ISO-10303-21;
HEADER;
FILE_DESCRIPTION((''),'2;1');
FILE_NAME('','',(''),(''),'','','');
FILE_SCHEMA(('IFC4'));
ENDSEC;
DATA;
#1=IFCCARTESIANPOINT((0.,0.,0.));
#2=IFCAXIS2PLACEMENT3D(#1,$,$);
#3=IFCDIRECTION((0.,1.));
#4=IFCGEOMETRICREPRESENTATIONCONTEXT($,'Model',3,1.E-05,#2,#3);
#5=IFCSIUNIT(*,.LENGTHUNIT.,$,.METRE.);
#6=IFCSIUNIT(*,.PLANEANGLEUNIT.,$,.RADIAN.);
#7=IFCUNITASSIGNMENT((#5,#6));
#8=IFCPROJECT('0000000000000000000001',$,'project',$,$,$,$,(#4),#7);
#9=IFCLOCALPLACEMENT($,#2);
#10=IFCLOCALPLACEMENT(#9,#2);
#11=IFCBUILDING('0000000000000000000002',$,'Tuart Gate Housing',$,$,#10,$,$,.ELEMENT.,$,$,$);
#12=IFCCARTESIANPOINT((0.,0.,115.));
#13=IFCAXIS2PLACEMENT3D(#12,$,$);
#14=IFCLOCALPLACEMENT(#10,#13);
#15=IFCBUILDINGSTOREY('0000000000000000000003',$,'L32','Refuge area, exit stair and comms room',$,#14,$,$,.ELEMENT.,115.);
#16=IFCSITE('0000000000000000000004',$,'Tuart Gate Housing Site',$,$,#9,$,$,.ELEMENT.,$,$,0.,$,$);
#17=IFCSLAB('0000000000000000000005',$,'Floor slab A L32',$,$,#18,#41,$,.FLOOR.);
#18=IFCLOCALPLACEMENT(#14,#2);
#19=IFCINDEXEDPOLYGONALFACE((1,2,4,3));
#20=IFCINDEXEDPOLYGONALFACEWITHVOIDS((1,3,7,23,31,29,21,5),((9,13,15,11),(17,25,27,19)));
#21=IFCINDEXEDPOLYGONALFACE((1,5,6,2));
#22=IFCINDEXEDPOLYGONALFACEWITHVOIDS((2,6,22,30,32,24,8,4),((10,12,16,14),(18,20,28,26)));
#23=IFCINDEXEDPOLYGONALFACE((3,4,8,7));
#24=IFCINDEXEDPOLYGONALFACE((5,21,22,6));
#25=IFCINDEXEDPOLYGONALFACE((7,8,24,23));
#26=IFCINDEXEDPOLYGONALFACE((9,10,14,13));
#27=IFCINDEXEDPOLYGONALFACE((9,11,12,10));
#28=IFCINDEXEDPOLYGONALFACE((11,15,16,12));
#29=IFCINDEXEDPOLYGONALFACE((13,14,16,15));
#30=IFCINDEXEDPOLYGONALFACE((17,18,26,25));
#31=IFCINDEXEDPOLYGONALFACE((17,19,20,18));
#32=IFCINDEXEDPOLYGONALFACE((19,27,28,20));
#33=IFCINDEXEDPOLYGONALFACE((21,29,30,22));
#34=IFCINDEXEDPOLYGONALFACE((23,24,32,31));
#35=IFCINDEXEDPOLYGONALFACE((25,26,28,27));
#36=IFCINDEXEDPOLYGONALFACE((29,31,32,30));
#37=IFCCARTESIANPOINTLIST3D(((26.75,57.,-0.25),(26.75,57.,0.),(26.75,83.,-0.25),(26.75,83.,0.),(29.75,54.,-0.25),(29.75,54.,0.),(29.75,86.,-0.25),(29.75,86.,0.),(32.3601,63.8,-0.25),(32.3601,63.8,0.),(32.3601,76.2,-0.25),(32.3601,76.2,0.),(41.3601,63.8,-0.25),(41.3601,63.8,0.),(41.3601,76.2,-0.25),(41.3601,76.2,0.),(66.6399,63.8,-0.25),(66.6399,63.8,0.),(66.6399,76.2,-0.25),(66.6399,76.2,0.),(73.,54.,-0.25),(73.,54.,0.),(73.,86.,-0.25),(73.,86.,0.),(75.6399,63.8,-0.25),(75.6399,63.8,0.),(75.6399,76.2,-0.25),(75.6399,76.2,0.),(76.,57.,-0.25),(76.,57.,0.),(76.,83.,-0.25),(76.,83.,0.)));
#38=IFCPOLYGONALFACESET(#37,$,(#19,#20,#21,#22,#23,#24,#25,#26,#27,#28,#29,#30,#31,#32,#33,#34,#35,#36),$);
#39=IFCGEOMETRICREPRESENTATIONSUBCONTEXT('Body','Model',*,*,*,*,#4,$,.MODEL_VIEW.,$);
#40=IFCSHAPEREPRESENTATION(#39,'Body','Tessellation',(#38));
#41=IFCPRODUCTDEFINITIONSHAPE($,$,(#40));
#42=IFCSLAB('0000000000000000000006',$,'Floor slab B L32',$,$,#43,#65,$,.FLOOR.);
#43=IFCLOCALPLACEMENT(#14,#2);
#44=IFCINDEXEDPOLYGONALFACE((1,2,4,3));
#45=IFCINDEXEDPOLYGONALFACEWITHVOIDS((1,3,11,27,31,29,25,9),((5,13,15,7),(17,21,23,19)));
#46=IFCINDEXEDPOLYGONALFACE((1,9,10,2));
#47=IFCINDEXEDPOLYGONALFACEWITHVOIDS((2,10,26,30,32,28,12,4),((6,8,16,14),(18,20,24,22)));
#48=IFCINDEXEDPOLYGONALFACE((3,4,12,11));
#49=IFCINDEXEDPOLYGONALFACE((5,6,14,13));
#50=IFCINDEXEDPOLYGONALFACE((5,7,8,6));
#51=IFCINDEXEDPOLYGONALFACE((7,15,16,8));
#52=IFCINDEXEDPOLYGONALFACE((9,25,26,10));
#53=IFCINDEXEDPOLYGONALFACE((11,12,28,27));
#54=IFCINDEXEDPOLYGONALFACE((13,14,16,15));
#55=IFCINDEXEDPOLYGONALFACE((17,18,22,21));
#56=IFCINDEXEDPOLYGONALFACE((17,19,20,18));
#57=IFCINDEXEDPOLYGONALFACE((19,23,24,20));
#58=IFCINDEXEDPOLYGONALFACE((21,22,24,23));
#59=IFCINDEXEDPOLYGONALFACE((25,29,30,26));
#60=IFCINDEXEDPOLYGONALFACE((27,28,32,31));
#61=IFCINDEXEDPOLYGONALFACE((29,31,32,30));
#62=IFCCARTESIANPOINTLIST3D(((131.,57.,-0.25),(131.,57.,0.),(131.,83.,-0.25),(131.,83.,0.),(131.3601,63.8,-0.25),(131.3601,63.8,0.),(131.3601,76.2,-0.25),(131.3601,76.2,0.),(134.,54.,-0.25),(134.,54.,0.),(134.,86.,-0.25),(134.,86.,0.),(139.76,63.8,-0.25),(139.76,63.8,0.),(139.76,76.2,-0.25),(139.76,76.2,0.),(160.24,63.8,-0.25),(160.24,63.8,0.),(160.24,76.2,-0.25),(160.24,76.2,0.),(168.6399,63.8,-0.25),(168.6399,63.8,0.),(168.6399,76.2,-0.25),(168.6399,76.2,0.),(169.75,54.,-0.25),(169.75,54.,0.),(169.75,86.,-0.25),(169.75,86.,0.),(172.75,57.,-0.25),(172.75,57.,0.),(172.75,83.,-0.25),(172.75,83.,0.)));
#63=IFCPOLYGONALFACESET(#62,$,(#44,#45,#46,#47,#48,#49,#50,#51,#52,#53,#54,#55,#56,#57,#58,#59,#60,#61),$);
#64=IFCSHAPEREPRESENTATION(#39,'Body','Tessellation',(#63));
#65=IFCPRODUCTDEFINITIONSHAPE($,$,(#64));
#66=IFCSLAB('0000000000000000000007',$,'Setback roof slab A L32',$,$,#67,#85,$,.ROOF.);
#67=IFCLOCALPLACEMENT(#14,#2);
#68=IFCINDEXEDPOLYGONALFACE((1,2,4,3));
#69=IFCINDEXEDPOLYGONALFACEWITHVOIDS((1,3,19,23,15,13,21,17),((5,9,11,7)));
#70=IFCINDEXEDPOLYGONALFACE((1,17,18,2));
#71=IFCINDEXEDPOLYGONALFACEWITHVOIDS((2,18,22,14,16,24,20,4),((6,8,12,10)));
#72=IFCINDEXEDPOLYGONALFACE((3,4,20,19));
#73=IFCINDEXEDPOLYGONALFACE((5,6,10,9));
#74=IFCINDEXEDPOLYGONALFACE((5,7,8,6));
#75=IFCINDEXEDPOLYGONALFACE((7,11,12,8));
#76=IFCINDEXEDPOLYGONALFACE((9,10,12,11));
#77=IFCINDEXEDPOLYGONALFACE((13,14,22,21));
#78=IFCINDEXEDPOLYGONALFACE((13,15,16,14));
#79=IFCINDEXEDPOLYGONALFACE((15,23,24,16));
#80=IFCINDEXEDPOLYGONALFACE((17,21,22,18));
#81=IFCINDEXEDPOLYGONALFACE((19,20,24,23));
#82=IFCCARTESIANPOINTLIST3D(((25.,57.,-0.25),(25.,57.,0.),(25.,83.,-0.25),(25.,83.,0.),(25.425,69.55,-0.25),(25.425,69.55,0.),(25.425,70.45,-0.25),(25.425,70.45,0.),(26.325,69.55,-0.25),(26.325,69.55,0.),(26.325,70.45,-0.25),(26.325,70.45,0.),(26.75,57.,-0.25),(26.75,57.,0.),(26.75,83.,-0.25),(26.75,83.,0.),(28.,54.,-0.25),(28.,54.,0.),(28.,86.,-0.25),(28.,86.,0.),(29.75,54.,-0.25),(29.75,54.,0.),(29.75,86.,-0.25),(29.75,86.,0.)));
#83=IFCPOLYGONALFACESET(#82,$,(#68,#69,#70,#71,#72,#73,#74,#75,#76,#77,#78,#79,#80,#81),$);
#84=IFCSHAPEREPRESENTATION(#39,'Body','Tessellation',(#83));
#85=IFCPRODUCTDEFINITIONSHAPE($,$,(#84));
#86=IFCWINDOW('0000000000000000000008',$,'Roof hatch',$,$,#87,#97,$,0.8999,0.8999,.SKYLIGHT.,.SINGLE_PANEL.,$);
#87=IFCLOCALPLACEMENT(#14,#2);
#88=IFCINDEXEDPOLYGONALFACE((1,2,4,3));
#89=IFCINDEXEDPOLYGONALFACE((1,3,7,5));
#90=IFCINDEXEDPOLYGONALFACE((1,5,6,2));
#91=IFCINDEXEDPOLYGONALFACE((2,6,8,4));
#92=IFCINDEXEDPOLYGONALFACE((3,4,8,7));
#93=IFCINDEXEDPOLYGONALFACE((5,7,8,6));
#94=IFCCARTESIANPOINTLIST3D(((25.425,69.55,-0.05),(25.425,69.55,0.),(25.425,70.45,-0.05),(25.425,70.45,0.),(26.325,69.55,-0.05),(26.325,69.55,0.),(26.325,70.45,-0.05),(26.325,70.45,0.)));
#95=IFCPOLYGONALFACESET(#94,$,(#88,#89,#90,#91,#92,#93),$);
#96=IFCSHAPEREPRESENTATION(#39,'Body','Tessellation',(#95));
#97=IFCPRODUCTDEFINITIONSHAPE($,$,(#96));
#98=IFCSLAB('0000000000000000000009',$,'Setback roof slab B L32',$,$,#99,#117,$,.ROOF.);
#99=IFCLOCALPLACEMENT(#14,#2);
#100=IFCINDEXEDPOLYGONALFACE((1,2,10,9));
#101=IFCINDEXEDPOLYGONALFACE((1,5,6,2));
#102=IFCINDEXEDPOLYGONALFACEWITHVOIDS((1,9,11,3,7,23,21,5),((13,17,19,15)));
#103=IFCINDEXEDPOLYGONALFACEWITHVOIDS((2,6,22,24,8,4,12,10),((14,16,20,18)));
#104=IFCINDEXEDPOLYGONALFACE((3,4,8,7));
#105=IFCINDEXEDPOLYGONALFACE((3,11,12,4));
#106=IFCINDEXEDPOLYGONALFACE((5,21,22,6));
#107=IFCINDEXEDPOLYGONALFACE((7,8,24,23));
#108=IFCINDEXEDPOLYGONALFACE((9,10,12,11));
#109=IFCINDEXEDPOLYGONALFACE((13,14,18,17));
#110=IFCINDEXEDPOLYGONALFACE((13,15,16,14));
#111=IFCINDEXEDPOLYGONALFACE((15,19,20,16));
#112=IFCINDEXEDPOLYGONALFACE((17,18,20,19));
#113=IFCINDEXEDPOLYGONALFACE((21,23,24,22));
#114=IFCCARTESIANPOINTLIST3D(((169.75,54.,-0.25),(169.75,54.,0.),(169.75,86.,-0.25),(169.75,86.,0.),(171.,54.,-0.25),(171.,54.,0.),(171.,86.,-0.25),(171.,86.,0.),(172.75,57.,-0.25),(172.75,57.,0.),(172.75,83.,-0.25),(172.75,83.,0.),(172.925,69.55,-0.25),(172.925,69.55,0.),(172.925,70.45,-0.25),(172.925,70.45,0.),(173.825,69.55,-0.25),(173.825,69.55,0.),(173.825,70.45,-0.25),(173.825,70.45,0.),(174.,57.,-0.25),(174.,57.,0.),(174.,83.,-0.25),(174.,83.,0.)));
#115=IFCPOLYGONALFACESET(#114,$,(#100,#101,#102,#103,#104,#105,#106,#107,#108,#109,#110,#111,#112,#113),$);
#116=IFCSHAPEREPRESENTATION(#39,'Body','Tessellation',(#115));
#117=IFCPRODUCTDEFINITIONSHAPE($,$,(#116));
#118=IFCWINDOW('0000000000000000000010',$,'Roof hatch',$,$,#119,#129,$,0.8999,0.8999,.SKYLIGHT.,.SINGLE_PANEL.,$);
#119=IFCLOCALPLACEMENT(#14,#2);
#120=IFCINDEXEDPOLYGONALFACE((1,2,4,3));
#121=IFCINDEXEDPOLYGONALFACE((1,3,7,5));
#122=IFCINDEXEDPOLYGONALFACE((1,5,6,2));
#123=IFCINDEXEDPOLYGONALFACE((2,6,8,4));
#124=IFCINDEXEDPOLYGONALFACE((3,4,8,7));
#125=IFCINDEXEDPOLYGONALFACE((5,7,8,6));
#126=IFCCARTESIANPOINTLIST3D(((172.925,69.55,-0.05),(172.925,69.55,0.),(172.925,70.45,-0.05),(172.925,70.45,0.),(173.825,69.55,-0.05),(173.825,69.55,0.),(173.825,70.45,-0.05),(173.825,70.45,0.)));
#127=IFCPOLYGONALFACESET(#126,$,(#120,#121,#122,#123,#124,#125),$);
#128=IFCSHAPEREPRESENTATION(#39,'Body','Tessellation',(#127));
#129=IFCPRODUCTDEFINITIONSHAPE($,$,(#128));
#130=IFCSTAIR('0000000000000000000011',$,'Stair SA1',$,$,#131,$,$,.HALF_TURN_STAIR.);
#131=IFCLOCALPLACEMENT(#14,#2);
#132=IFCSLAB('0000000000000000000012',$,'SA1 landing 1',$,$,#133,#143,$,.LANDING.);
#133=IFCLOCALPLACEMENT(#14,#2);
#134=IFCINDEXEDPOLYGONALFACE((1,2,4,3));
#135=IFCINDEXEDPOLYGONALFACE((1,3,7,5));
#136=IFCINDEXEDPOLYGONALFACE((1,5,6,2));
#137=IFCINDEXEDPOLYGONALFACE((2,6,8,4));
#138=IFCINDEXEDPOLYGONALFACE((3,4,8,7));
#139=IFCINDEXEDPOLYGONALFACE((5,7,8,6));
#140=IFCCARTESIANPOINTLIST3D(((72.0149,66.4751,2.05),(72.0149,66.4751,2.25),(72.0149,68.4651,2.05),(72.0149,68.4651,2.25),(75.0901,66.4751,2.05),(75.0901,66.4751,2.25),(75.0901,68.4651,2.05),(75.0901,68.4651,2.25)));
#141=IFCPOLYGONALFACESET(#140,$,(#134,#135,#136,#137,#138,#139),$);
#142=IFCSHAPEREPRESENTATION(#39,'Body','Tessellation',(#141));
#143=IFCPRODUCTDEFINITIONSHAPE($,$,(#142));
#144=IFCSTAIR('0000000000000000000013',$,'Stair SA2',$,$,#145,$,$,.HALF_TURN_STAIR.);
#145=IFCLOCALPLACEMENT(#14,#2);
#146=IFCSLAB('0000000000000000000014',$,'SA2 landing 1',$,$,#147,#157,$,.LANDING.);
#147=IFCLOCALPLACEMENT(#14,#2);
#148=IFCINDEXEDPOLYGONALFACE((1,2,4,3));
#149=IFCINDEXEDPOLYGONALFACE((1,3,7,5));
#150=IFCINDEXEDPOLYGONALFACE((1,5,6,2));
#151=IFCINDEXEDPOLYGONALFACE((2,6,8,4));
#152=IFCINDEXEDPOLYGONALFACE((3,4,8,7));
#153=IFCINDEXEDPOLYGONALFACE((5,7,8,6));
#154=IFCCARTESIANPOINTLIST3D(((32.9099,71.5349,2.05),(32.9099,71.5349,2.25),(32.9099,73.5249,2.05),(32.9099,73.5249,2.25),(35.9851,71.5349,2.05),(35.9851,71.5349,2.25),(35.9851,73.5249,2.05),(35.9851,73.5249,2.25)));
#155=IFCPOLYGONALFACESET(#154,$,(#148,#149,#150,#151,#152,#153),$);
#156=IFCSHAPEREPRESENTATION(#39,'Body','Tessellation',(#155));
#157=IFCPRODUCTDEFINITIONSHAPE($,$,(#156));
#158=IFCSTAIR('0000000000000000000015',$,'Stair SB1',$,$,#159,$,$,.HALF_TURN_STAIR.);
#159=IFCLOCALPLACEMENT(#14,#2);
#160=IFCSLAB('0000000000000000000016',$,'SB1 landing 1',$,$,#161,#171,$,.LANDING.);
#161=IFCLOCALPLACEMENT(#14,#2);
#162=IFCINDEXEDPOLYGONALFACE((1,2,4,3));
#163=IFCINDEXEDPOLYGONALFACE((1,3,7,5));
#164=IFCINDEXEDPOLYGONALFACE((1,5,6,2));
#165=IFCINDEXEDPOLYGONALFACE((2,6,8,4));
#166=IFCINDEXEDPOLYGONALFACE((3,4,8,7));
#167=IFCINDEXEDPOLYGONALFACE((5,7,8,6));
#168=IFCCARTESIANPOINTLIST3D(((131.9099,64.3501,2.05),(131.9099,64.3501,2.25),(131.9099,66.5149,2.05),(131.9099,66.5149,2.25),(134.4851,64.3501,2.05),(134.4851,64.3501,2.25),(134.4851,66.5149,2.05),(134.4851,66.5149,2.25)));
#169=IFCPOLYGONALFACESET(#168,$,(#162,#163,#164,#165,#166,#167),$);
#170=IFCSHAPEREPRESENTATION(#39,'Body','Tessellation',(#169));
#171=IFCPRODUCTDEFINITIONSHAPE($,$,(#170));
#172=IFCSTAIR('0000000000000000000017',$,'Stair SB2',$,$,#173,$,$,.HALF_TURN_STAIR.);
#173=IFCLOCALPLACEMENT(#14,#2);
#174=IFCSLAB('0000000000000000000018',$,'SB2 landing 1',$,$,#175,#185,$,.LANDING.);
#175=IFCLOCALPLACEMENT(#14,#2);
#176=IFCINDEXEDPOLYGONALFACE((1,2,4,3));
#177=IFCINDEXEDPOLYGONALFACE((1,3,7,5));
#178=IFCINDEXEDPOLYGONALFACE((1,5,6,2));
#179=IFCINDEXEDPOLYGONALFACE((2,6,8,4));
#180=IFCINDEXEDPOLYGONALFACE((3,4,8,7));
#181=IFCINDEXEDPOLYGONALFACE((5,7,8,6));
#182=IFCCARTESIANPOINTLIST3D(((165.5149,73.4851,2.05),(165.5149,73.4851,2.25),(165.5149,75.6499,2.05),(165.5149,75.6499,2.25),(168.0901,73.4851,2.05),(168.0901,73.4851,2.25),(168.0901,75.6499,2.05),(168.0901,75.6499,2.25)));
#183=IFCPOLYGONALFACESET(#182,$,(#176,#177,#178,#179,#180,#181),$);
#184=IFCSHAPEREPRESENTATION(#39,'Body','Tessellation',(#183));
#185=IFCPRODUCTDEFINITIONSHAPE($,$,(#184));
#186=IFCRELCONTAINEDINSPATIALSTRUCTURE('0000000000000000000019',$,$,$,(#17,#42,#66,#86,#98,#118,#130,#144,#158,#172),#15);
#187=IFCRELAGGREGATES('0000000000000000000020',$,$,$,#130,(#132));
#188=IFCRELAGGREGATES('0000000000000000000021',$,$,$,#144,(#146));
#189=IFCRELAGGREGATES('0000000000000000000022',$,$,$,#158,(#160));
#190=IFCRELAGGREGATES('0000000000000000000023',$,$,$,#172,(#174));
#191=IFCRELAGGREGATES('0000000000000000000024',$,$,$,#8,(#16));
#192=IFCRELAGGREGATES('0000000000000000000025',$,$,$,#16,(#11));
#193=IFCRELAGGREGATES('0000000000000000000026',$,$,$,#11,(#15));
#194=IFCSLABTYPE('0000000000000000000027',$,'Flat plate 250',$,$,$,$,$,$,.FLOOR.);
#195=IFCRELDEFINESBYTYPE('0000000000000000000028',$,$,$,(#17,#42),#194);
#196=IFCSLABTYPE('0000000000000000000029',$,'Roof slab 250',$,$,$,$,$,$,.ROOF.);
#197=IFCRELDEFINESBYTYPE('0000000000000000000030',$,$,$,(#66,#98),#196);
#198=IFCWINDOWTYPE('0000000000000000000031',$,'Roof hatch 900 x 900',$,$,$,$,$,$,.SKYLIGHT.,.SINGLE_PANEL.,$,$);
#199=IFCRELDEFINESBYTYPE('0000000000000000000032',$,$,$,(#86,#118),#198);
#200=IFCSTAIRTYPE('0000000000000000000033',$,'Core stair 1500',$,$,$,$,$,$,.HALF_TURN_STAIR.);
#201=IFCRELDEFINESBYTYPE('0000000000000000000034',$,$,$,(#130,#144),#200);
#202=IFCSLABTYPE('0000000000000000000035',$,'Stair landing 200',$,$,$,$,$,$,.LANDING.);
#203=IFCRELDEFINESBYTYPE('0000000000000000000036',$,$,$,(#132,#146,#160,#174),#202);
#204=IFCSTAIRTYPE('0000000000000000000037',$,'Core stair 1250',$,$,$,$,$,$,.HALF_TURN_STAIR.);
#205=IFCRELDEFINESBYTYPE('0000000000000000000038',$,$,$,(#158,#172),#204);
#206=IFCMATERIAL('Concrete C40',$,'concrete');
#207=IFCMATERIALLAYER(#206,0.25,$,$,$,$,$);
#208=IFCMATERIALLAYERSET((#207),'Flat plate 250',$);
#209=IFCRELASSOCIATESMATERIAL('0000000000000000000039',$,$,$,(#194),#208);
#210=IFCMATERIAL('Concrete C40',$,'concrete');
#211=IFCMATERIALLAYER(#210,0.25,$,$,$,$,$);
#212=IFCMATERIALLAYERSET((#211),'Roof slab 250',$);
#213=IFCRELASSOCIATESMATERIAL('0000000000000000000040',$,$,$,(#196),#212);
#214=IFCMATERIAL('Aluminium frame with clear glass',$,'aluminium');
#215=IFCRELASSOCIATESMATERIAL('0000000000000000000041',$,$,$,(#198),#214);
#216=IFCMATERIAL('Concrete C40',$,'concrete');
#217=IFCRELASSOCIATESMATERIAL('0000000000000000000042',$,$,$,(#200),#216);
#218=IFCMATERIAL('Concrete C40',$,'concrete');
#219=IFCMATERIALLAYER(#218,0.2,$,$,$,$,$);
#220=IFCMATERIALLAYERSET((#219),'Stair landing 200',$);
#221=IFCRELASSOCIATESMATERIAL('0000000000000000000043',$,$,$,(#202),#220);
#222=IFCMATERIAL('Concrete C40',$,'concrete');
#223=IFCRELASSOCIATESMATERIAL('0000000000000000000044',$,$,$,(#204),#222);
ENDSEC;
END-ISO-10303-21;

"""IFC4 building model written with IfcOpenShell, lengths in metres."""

from ifc_helpers import new_model, si_unit, direction, frame, origin, origin_2d, place, context, subcontext, project, spatial, polyline, rectangle, outline, extrude, material, layer, layer_set, type_object, element, fill, aggregate, save


model = new_model("IFC4")

# Units and contexts
model_context = context("Model", 3, precision=1e-05, world=origin(), true_north=direction((0.0, 1.0)))
body_context = subcontext(model_context, "Body", "Model", "MODEL_VIEW")
ifc_project = project(units=[si_unit("LENGTHUNIT", "METRE"), si_unit("PLANEANGLEUNIT", "RADIAN")], contexts=[model_context])

# Site, building, storey
site_placement = place(None, origin())
site = spatial("IfcSite", under=ifc_project, at=site_placement, Name="Tuart Gate Housing Site", CompositionType="ELEMENT", RefElevation=0.0)
building_placement = place(site_placement, origin())
building = spatial("IfcBuilding", under=site, at=building_placement, Name="Tuart Gate Housing", CompositionType="ELEMENT")
storey_placement = place(building_placement, frame((0.0, 0.0, 115.0)))
storey = spatial("IfcBuildingStorey", under=building, at=storey_placement, Name="L32", Description="Refuge area, exit stair and comms room", CompositionType="ELEMENT", Elevation=115.0)

# Slabs
ifc_material_1 = material(Name="Concrete C40", Category="concrete")
ifc_layer_1 = layer(ifc_material_1, 0.25)
ifc_layer_set_1 = layer_set([ifc_layer_1], Name="Flat plate 250")
slab_type_1 = type_object("IfcSlabType", Name="Flat plate 250", PredefinedType="FLOOR", material=ifc_layer_set_1)
slab_1_placement = place(storey_placement, frame((0.0, 0.0, -0.25)))
element("IfcSlab", 1, at=slab_1_placement, inside=storey, type_object=slab_type_1, Name="Floor slab A L32", PredefinedType="FLOOR", context=body_context, shape_type="SweptSolid", body=[
    extrude(outline(polyline([(29.75, 86.0), (26.75, 83.0), (26.75, 57.0), (29.75, 54.0), (73.0, 54.0), (76.0, 57.0), (76.0, 83.0), (73.0, 86.0), (29.75, 86.0)]), holes=[polyline([(66.6399, 76.2), (75.6399, 76.2), (75.6399, 63.8), (66.6399, 63.8), (66.6399, 76.2)]), polyline([(41.3601, 76.2), (41.3601, 63.8), (32.3601, 63.8), (32.3601, 76.2), (41.3601, 76.2)])]), origin(), (0.0, 0.0, 1.0), 0.25),
])
slab_2_placement = place(storey_placement, frame((0.0, 0.0, -0.25)))
element("IfcSlab", 2, at=slab_2_placement, inside=storey, type_object=slab_type_1, Name="Floor slab B L32", PredefinedType="FLOOR", context=body_context, shape_type="SweptSolid", body=[
    extrude(outline(polyline([(134.0, 86.0), (131.0, 83.0), (131.0, 57.0), (134.0, 54.0), (169.75, 54.0), (172.75, 57.0), (172.75, 83.0), (169.75, 86.0), (134.0, 86.0)]), holes=[polyline([(131.3601, 76.2), (139.76, 76.2), (139.76, 63.8), (131.3601, 63.8), (131.3601, 76.2)]), polyline([(168.6399, 76.2), (168.6399, 63.8), (160.24, 63.8), (160.24, 76.2), (168.6399, 76.2)])]), origin(), (0.0, 0.0, 1.0), 0.25),
])

# Slabs, openings, windows
ifc_material_2 = material(Name="Concrete C40", Category="concrete")
ifc_layer_2 = layer(ifc_material_2, 0.25)
ifc_layer_set_2 = layer_set([ifc_layer_2], Name="Roof slab 250")
slab_type_2 = type_object("IfcSlabType", Name="Roof slab 250", PredefinedType="ROOF", material=ifc_layer_set_2)
slab_3_placement = place(storey_placement, frame((0.0, 0.0, -0.25)))
slab_3 = element("IfcSlab", 3, at=slab_3_placement, inside=storey, type_object=slab_type_2, Name="Setback roof slab A L32", PredefinedType="ROOF", context=body_context, shape_type="SweptSolid", body=[
    extrude(outline(polyline([(28.0, 54.0), (29.75, 54.0), (26.75, 57.0), (26.75, 83.0), (29.75, 86.0), (28.0, 86.0), (25.0, 83.0), (25.0, 57.0), (28.0, 54.0)])), origin(), (0.0, 0.0, 1.0), 0.25),
])
opening_1_placement = place(slab_3_placement, frame((25.875, 70.0, 0.0)))
opening_1 = element("IfcOpeningElement", 4, at=opening_1_placement, cuts=slab_3, PredefinedType="OPENING", context=body_context, shape_type="SweptSolid", body=[
    extrude(rectangle(XDim=0.8999, YDim=0.8999, at=origin_2d()), frame((0.0, 0.0, -0.01)), (0.0, 0.0, 1.0), 0.27),
])
ifc_material_3 = material(Name="Aluminium frame with clear glass", Category="aluminium")
window_type = type_object("IfcWindowType", Name="Roof hatch 900 x 900", PartitioningType="SINGLE_PANEL", PredefinedType="SKYLIGHT", material=ifc_material_3)
window_1_placement = place(opening_1_placement, frame((0.0, 0.0, 0.2)))
window_1 = element("IfcWindow", 5, at=window_1_placement, inside=storey, type_object=window_type, Name="Roof hatch", OverallHeight=0.8999, OverallWidth=0.8999, PartitioningType="SINGLE_PANEL", PredefinedType="SKYLIGHT", context=body_context, shape_type="SweptSolid", body=[
    extrude(rectangle(XDim=0.8999, YDim=0.8999, at=origin_2d()), origin(), (0.0, 0.0, 1.0), 0.05),
])
fill(opening_1, window_1)
slab_4_placement = place(storey_placement, frame((0.0, 0.0, -0.25)))
slab_4 = element("IfcSlab", 6, at=slab_4_placement, inside=storey, type_object=slab_type_2, Name="Setback roof slab B L32", PredefinedType="ROOF", context=body_context, shape_type="SweptSolid", body=[
    extrude(outline(polyline([(171.0, 86.0), (169.75, 86.0), (172.75, 83.0), (172.75, 57.0), (169.75, 54.0), (171.0, 54.0), (174.0, 57.0), (174.0, 83.0), (171.0, 86.0)])), origin(), (0.0, 0.0, 1.0), 0.25),
])
opening_2_placement = place(slab_4_placement, frame((173.375, 70.0, 0.0)))
opening_2 = element("IfcOpeningElement", 7, at=opening_2_placement, cuts=slab_4, PredefinedType="OPENING", context=body_context, shape_type="SweptSolid", body=[
    extrude(rectangle(XDim=0.8999, YDim=0.8999, at=origin_2d()), frame((0.0, 0.0, -0.01)), (0.0, 0.0, 1.0), 0.27),
])
window_2_placement = place(opening_2_placement, frame((0.0, 0.0, 0.2)))
window_2 = element("IfcWindow", 8, at=window_2_placement, inside=storey, type_object=window_type, Name="Roof hatch", OverallHeight=0.8999, OverallWidth=0.8999, PartitioningType="SINGLE_PANEL", PredefinedType="SKYLIGHT", context=body_context, shape_type="SweptSolid", body=[
    extrude(rectangle(XDim=0.8999, YDim=0.8999, at=origin_2d()), origin(), (0.0, 0.0, 1.0), 0.05),
])
fill(opening_2, window_2)

# Stairs, slabs
ifc_material_4 = material(Name="Concrete C40", Category="concrete")
stair_type_1 = type_object("IfcStairType", Name="Core stair 1500", PredefinedType="HALF_TURN_STAIR", material=ifc_material_4)
stair_1_placement = place(storey_placement, origin())
stair_1 = element("IfcStair", 9, at=stair_1_placement, inside=storey, type_object=stair_type_1, Name="Stair SA1", PredefinedType="HALF_TURN_STAIR")
ifc_material_5 = material(Name="Concrete C40", Category="concrete")
ifc_layer_3 = layer(ifc_material_5, 0.2)
ifc_layer_set_3 = layer_set([ifc_layer_3], Name="Stair landing 200")
slab_type_3 = type_object("IfcSlabType", Name="Stair landing 200", PredefinedType="LANDING", material=ifc_layer_set_3)
slab_5_placement = place(storey_placement, frame((0.0, 0.0, 2.05)))
slab_5 = element("IfcSlab", 10, at=slab_5_placement, type_object=slab_type_3, Name="SA1 landing 1", PredefinedType="LANDING", context=body_context, shape_type="SweptSolid", body=[
    extrude(outline(polyline([(72.0149, 66.4751), (75.0901, 66.4751), (75.0901, 68.4651), (72.0149, 68.4651), (72.0149, 66.4751)])), origin(), (0.0, 0.0, 1.0), 0.2),
])
aggregate(stair_1, [slab_5])
stair_2_placement = place(storey_placement, origin())
stair_2 = element("IfcStair", 11, at=stair_2_placement, inside=storey, type_object=stair_type_1, Name="Stair SA2", PredefinedType="HALF_TURN_STAIR")
slab_6_placement = place(storey_placement, frame((0.0, 0.0, 2.05)))
slab_6 = element("IfcSlab", 12, at=slab_6_placement, type_object=slab_type_3, Name="SA2 landing 1", PredefinedType="LANDING", context=body_context, shape_type="SweptSolid", body=[
    extrude(outline(polyline([(35.9851, 73.5249), (32.9099, 73.5249), (32.9099, 71.5349), (35.9851, 71.5349), (35.9851, 73.5249)])), origin(), (0.0, 0.0, 1.0), 0.2),
])
aggregate(stair_2, [slab_6])
ifc_material_6 = material(Name="Concrete C40", Category="concrete")
stair_type_2 = type_object("IfcStairType", Name="Core stair 1250", PredefinedType="HALF_TURN_STAIR", material=ifc_material_6)
stair_3_placement = place(storey_placement, origin())
stair_3 = element("IfcStair", 13, at=stair_3_placement, inside=storey, type_object=stair_type_2, Name="Stair SB1", PredefinedType="HALF_TURN_STAIR")
slab_7_placement = place(storey_placement, frame((0.0, 0.0, 2.05)))
slab_7 = element("IfcSlab", 14, at=slab_7_placement, type_object=slab_type_3, Name="SB1 landing 1", PredefinedType="LANDING", context=body_context, shape_type="SweptSolid", body=[
    extrude(outline(polyline([(134.4851, 66.5149), (131.9099, 66.5149), (131.9099, 64.3501), (134.4851, 64.3501), (134.4851, 66.5149)])), origin(), (0.0, 0.0, 1.0), 0.2),
])
aggregate(stair_3, [slab_7])
stair_4_placement = place(storey_placement, origin())
stair_4 = element("IfcStair", 15, at=stair_4_placement, inside=storey, type_object=stair_type_2, Name="Stair SB2", PredefinedType="HALF_TURN_STAIR")
slab_8_placement = place(storey_placement, frame((0.0, 0.0, 2.05)))
slab_8 = element("IfcSlab", 16, at=slab_8_placement, type_object=slab_type_3, Name="SB2 landing 1", PredefinedType="LANDING", context=body_context, shape_type="SweptSolid", body=[
    extrude(outline(polyline([(165.5149, 73.4851), (168.0901, 73.4851), (168.0901, 75.6499), (165.5149, 75.6499), (165.5149, 73.4851)])), origin(), (0.0, 0.0, 1.0), 0.2),
])
aggregate(stair_4, [slab_8])

save(model, "model.ifc")
